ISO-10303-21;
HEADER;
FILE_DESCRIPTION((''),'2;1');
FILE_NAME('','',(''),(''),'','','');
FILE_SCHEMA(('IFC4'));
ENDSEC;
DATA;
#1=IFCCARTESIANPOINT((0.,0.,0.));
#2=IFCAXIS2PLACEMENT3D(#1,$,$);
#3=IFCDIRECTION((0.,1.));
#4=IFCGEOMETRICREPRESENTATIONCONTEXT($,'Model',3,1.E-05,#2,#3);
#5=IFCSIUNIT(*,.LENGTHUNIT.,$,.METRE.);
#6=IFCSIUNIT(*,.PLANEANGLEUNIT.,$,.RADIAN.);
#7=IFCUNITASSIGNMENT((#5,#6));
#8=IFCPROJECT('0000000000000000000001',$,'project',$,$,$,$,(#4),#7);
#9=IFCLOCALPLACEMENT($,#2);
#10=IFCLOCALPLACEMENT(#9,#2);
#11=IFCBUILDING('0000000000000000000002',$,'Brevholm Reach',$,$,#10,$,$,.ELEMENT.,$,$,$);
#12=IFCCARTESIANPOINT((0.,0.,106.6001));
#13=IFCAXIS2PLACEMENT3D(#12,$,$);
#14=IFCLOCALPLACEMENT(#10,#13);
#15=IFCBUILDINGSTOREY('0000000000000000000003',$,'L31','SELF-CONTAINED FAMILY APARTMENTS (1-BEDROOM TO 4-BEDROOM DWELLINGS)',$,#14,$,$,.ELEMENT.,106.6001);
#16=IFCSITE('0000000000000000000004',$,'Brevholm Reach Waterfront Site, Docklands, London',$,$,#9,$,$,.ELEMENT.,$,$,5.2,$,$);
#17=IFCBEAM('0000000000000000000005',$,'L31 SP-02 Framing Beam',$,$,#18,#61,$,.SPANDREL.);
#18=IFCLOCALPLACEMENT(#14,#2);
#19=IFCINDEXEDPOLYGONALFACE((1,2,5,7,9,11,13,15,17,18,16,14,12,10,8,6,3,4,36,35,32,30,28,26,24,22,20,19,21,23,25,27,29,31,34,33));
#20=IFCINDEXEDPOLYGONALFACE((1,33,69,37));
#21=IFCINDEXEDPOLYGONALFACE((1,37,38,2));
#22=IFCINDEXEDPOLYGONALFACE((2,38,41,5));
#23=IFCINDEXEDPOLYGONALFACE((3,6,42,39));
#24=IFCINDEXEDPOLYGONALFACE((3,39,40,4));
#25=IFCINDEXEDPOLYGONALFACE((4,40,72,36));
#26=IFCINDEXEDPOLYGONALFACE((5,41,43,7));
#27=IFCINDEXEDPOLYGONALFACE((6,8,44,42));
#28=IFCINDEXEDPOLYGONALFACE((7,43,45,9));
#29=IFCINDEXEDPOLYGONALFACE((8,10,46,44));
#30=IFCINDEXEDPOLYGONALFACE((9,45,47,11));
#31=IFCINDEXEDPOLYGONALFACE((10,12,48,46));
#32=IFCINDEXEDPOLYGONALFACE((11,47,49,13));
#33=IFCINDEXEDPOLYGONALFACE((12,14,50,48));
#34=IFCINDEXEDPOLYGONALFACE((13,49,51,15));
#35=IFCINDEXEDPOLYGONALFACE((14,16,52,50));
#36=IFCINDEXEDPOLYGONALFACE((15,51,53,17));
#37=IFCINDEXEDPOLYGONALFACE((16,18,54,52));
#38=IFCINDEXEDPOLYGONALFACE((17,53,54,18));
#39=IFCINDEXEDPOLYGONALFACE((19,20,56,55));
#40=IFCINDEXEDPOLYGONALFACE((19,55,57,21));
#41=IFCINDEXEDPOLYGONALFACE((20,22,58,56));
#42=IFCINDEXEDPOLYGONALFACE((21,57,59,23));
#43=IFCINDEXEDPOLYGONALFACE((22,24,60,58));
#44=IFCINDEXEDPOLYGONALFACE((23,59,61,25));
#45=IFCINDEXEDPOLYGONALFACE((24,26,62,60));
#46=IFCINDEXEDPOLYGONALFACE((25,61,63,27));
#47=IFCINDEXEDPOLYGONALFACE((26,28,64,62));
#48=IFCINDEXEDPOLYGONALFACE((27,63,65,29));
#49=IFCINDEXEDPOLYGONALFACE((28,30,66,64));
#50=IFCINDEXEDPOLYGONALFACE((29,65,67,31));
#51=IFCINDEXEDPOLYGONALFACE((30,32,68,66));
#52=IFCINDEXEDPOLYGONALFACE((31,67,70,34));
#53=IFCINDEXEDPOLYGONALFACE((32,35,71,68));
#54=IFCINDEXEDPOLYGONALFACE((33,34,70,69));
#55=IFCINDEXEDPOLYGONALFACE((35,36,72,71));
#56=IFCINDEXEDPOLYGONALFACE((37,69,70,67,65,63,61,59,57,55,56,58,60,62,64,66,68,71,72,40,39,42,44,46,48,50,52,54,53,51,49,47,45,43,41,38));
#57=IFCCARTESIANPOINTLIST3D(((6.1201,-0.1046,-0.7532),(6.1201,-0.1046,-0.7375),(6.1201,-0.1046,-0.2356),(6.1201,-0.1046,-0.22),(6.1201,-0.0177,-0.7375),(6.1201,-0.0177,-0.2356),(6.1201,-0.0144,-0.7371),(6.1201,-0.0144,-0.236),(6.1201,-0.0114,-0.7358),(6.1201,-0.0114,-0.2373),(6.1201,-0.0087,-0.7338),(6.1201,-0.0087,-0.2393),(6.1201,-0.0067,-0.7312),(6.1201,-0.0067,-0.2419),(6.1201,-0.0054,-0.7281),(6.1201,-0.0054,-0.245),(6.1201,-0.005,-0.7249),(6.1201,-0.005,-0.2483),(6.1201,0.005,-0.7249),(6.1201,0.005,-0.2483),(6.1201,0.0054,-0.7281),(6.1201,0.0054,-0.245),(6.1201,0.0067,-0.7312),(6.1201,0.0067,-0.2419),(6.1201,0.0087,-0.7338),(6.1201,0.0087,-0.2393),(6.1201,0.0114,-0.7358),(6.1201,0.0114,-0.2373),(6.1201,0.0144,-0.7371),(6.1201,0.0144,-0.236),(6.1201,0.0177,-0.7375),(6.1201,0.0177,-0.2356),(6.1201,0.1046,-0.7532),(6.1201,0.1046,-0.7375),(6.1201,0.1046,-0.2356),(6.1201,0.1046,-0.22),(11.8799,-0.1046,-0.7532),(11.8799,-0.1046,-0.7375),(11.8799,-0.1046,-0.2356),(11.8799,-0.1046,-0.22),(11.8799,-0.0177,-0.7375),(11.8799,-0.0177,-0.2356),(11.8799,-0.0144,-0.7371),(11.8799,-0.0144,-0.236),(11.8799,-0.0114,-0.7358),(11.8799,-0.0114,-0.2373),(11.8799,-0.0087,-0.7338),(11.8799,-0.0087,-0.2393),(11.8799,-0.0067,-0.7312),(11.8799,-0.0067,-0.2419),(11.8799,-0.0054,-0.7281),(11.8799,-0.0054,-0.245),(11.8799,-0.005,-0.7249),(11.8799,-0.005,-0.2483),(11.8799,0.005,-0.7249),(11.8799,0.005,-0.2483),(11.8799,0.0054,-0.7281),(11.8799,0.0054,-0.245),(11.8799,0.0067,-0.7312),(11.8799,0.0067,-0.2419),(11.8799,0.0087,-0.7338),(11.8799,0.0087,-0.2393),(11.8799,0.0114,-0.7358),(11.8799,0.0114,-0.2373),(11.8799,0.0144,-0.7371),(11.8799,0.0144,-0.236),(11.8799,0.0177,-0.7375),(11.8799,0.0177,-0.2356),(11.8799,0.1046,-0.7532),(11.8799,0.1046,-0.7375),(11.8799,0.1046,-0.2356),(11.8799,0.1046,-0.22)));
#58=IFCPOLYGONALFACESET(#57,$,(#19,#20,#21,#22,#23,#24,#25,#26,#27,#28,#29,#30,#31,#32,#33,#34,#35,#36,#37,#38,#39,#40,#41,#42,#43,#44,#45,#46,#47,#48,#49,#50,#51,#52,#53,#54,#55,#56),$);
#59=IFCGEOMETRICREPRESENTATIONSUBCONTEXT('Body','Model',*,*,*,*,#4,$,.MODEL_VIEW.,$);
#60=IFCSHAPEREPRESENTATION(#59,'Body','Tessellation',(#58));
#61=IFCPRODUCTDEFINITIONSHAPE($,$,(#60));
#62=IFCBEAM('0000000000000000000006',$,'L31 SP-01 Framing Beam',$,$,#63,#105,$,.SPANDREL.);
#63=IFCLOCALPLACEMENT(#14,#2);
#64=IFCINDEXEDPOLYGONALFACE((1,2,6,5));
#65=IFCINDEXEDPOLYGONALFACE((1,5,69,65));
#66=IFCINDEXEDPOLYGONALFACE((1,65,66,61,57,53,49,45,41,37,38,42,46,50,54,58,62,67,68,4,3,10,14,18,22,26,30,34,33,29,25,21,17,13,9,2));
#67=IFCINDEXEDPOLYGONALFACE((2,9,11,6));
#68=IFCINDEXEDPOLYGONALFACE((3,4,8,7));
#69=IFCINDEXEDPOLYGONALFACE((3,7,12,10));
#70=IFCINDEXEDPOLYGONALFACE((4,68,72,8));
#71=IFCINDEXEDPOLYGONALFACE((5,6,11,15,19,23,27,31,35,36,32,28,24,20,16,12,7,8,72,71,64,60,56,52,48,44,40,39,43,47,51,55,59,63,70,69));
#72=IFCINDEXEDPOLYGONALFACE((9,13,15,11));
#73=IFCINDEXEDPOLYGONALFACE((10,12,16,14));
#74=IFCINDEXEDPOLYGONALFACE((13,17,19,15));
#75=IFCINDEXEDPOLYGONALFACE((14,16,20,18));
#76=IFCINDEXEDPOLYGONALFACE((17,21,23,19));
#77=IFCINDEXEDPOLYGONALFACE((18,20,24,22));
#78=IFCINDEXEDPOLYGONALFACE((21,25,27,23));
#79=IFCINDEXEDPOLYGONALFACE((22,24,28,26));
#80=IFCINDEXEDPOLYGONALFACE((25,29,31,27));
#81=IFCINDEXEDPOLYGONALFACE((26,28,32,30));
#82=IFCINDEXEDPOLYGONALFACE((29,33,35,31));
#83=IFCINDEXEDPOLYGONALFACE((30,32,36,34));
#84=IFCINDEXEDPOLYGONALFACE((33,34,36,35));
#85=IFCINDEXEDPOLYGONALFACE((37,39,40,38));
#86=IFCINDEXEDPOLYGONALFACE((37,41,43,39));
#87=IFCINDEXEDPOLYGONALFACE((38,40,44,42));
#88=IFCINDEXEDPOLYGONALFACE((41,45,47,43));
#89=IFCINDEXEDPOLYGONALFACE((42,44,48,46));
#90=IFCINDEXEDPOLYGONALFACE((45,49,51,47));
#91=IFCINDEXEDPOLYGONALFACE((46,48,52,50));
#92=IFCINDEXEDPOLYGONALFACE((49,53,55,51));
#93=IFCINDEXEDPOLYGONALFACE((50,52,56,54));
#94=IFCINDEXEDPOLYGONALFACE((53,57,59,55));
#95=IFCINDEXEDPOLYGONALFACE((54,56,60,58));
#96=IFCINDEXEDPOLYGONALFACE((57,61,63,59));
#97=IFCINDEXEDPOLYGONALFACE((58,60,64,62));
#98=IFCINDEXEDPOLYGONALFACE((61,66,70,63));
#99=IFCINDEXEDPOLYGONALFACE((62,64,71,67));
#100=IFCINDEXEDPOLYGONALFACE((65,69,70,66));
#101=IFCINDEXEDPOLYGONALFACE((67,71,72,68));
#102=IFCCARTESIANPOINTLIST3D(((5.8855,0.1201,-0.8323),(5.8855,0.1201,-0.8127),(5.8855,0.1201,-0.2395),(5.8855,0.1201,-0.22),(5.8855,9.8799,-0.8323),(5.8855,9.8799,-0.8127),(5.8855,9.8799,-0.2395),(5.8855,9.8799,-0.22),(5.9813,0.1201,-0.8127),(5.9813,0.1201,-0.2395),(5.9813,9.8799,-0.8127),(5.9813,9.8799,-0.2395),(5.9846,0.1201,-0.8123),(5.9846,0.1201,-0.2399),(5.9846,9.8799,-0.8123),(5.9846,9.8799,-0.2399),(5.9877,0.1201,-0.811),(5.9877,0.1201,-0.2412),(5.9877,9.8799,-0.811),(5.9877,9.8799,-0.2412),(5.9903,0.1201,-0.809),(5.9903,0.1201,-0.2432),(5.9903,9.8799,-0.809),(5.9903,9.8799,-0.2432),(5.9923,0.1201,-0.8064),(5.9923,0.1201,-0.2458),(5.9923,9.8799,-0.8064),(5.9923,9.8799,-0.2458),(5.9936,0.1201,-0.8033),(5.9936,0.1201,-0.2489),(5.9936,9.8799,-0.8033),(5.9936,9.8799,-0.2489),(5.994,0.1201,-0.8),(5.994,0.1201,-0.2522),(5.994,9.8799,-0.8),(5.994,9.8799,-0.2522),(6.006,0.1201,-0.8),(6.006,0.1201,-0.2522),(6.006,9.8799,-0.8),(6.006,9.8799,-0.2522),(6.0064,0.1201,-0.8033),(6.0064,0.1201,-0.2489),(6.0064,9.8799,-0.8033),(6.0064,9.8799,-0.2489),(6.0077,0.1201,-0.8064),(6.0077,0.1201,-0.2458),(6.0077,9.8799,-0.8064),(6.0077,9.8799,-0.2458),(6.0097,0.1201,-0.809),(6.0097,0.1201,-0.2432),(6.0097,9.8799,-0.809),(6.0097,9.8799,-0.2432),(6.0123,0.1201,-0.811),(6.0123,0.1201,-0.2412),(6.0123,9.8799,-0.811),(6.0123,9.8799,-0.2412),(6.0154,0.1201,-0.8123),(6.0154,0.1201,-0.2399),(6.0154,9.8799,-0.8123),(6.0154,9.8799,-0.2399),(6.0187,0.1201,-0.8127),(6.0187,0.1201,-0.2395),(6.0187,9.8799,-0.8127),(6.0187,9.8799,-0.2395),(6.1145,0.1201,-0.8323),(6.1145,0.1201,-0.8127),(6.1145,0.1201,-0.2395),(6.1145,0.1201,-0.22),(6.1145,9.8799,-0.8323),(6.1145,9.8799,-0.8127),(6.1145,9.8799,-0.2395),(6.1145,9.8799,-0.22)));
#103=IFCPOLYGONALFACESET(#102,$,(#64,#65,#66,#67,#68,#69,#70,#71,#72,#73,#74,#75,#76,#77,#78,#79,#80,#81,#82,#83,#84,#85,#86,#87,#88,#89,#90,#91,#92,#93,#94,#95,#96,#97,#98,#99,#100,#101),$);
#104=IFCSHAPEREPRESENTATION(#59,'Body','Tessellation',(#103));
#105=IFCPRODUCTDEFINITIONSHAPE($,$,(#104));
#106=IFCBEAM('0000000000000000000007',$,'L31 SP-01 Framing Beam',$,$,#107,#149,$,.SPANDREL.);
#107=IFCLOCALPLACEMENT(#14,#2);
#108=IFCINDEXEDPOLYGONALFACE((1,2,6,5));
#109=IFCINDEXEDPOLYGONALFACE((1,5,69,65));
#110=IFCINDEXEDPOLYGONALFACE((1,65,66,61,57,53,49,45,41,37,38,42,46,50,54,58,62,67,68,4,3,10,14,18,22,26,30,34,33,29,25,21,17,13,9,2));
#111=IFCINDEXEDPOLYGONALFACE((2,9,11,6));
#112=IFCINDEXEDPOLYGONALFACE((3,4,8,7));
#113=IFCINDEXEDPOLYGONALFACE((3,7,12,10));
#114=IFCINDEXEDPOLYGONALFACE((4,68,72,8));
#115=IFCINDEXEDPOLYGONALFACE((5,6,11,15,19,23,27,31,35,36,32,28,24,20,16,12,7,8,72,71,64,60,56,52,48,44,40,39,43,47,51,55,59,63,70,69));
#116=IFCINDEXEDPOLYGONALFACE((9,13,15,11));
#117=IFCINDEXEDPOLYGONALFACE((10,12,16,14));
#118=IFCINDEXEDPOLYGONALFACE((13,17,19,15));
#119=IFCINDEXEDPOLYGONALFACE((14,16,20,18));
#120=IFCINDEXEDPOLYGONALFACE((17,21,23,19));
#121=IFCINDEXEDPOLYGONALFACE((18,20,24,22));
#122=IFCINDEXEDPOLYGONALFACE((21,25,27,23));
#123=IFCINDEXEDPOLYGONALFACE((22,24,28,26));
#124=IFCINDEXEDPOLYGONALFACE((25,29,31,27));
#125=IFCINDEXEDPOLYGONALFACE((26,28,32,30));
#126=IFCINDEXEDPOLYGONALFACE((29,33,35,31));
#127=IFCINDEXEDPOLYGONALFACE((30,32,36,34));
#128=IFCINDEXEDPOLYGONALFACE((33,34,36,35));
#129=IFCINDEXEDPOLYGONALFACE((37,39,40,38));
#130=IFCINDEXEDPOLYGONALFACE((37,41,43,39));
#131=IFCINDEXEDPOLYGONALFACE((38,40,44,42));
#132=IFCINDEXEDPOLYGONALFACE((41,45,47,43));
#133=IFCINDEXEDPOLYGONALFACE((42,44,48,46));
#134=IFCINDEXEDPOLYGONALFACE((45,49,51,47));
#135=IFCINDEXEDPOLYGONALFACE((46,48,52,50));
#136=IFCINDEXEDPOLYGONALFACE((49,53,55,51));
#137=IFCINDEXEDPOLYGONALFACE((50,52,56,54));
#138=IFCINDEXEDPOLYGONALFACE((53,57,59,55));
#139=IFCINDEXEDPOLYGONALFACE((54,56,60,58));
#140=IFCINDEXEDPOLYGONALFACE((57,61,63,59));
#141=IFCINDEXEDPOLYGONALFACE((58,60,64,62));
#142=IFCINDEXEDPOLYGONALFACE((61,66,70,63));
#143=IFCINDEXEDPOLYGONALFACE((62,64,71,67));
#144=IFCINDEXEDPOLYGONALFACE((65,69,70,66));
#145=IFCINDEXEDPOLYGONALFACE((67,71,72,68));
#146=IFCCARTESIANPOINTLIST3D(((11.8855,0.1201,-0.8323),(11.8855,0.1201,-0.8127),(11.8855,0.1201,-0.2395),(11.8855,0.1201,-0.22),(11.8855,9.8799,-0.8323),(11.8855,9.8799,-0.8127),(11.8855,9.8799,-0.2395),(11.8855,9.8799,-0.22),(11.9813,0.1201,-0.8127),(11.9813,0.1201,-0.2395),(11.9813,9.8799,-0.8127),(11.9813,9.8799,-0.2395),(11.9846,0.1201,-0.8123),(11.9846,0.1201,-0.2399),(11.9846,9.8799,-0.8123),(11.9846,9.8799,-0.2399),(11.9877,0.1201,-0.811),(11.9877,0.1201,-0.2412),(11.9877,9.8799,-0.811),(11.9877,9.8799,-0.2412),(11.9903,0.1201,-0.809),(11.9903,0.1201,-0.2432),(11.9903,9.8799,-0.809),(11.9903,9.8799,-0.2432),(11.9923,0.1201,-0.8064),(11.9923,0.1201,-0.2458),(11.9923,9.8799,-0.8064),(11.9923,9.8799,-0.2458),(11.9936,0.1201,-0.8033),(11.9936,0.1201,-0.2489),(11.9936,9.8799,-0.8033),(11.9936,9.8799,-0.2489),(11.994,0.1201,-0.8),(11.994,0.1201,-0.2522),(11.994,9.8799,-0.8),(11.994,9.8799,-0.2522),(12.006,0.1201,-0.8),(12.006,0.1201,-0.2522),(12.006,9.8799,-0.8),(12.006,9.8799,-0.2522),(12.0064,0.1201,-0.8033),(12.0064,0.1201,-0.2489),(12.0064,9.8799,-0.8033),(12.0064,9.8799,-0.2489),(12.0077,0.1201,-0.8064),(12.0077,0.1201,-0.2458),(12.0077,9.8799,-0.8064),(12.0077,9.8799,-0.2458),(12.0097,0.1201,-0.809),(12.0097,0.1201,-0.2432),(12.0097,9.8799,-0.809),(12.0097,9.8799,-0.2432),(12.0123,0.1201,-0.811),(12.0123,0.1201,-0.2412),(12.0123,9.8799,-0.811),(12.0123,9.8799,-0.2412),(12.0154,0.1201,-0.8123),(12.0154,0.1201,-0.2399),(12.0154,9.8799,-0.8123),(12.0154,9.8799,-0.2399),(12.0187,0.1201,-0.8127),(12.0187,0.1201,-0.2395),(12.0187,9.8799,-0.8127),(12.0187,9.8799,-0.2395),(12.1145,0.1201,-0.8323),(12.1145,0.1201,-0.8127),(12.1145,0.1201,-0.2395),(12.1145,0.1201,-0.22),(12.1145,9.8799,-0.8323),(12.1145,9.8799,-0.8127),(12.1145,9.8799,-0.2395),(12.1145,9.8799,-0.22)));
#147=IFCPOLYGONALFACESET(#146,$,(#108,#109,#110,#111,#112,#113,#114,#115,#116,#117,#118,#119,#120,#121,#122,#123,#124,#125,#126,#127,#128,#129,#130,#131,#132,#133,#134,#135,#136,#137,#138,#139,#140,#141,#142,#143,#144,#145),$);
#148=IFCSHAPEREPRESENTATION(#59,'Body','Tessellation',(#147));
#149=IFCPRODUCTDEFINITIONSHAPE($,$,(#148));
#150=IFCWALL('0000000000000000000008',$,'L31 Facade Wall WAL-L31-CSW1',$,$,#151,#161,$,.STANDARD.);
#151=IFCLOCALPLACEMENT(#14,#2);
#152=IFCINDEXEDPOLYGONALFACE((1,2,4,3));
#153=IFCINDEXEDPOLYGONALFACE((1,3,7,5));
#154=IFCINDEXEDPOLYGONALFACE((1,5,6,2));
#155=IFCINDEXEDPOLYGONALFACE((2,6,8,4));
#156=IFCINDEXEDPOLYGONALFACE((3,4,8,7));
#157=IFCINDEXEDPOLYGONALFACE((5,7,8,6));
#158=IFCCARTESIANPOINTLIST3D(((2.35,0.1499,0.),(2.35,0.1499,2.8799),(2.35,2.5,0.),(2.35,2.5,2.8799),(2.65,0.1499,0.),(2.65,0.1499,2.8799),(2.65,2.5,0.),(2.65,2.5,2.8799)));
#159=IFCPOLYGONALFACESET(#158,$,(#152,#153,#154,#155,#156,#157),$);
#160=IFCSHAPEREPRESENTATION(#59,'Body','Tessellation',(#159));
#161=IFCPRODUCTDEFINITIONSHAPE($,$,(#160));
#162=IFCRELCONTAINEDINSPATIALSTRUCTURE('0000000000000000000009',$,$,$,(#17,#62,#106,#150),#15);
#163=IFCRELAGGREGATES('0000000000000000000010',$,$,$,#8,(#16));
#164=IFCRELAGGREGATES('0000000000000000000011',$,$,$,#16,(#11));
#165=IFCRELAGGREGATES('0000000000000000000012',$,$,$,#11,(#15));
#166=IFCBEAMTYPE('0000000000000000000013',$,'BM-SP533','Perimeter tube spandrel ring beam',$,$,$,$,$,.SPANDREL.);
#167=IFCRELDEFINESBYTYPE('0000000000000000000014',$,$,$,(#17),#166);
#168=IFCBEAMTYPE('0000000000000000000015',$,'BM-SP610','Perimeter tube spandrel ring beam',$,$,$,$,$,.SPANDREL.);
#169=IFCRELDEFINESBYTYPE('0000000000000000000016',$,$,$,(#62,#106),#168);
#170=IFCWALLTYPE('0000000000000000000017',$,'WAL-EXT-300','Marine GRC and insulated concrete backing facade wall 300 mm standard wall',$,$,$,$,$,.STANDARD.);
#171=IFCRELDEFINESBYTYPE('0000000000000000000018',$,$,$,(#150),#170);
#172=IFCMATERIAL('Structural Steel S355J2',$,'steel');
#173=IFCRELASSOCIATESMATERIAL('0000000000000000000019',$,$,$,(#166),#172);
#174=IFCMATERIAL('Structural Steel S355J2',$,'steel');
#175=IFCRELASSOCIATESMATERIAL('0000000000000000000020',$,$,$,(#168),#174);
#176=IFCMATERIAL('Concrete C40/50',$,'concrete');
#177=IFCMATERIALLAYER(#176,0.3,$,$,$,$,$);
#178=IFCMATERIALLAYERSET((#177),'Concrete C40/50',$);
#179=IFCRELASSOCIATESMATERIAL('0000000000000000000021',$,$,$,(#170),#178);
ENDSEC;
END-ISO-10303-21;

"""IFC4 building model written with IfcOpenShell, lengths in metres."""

from ifc_helpers import new_model, si_unit, direction, frame, frame_2d, origin, origin_2d, place, context, subcontext, project, spatial, rectangle, i_section, extrude, material, layer, layer_set, material_profile, profile_set, type_object, element, save


model = new_model("IFC4")

# Units and contexts
model_context = context("Model", 3, precision=1e-05, world=origin(), true_north=direction((0.0, 1.0)))
body_context = subcontext(model_context, "Body", "Model", "MODEL_VIEW")
ifc_project = project(units=[si_unit("LENGTHUNIT", "METRE"), si_unit("PLANEANGLEUNIT", "RADIAN")], contexts=[model_context])

# Site, building, storey
site_placement = place(None, origin())
site = spatial("IfcSite", under=ifc_project, at=site_placement, Name="Brevholm Reach Waterfront Site, Docklands, London", CompositionType="ELEMENT", RefElevation=5.2)
building_placement = place(site_placement, origin())
building = spatial("IfcBuilding", under=site, at=building_placement, Name="Brevholm Reach", CompositionType="ELEMENT")
storey_placement = place(building_placement, frame((0.0, 0.0, 106.6001)))
storey = spatial("IfcBuildingStorey", under=building, at=storey_placement, Name="L31", Description="SELF-CONTAINED FAMILY APARTMENTS (1-BEDROOM TO 4-BEDROOM DWELLINGS)", CompositionType="ELEMENT", Elevation=106.6001)

# Beams
ifc_material_1 = material(Name="Structural Steel S355J2", Category="steel")
ifc_material_profile_1 = material_profile(ifc_material_1, i_section(OverallWidth=0.2092, OverallDepth=0.5332, WebThickness=0.01, FlangeThickness=0.0156, FilletRadius=0.0127, at=origin_2d()), Name="UKB 533x210x92")
ifc_profile_set_1 = profile_set([ifc_material_profile_1], Name="Structural Steel S355J2")
beam_type_1 = type_object("IfcBeamType", Name="BM-SP533", Description="Perimeter tube spandrel ring beam", PredefinedType="SPANDREL", material=ifc_profile_set_1)
beam_placement = place(storey_placement, frame((6.1201, 0.0, -0.4866), z_axis=(1.0, 0.0, 0.0), x_axis=(0.0, 1.0, 0.0)))
element("IfcBeam", 1, at=beam_placement, inside=storey, type_object=beam_type_1, Name="L31 SP-02 Framing Beam", PredefinedType="SPANDREL", context=body_context, shape_type="SweptSolid", body=[
    extrude(i_section(OverallWidth=0.2092, OverallDepth=0.5332, WebThickness=0.01, FlangeThickness=0.0156, FilletRadius=0.0127, at=origin_2d()), origin(), (0.0, 0.0, 1.0), 5.7598),
])
ifc_material_2 = material(Name="Structural Steel S355J2", Category="steel")
ifc_material_profile_2 = material_profile(ifc_material_2, i_section(OverallWidth=0.229, OverallDepth=0.6123, WebThickness=0.012, FlangeThickness=0.0195, FilletRadius=0.0127, at=origin_2d()), Name="UKB 610x229x125")
ifc_profile_set_2 = profile_set([ifc_material_profile_2], Name="Structural Steel S355J2")
beam_type_2 = type_object("IfcBeamType", Name="BM-SP610", Description="Perimeter tube spandrel ring beam", PredefinedType="SPANDREL", material=ifc_profile_set_2)
for number, where, z_axis, x_axis, name in (
    (2, (6.0, 0.1201, -0.5261), (0.0, 1.0, 0.0), (-1.0, 0.0, 0.0), "L31 SP-01 Framing Beam"),
    (3, (12.0, 0.1201, -0.5261), (0.0, 1.0, 0.0), (-1.0, 0.0, 0.0), "L31 SP-01 Framing Beam"),
):
    element("IfcBeam", number, at=place(storey_placement, frame(where, z_axis=z_axis, x_axis=x_axis)), inside=storey, type_object=beam_type_2, Name=name, PredefinedType="SPANDREL", context=body_context, shape_type="SweptSolid", body=[
        extrude(i_section(OverallWidth=0.229, OverallDepth=0.6123, WebThickness=0.012, FlangeThickness=0.0195, FilletRadius=0.0127, at=origin_2d()), origin(), (0.0, 0.0, 1.0), 9.7598),
    ])

# Wall
ifc_material_3 = material(Name="Concrete C40/50", Category="concrete")
ifc_layer_1 = layer(ifc_material_3, 0.3)
ifc_layer_set_1 = layer_set([ifc_layer_1], Name="Concrete C40/50")
wall_type_1 = type_object("IfcWallType", Name="WAL-EXT-300", Description="Marine GRC and insulated concrete backing facade wall 300 mm standard wall", PredefinedType="STANDARD", material=ifc_layer_set_1)
wall_1_placement = place(storey_placement, frame((2.5, 2.5, 0.0), z_axis=(0.0, 0.0, 1.0), x_axis=(0.0, -1.0, 0.0)))
element("IfcWall", 4, at=wall_1_placement, inside=storey, type_object=wall_type_1, Name="L31 Facade Wall WAL-L31-CSW1", PredefinedType="STANDARD", context=body_context, shape_type="SweptSolid", body=[
    extrude(rectangle(XDim=2.3501, YDim=0.3, at=frame_2d((1.175, 0.0))), origin(), (0.0, 0.0, 1.0), 2.8799),
])

save(model, "model.ifc")
